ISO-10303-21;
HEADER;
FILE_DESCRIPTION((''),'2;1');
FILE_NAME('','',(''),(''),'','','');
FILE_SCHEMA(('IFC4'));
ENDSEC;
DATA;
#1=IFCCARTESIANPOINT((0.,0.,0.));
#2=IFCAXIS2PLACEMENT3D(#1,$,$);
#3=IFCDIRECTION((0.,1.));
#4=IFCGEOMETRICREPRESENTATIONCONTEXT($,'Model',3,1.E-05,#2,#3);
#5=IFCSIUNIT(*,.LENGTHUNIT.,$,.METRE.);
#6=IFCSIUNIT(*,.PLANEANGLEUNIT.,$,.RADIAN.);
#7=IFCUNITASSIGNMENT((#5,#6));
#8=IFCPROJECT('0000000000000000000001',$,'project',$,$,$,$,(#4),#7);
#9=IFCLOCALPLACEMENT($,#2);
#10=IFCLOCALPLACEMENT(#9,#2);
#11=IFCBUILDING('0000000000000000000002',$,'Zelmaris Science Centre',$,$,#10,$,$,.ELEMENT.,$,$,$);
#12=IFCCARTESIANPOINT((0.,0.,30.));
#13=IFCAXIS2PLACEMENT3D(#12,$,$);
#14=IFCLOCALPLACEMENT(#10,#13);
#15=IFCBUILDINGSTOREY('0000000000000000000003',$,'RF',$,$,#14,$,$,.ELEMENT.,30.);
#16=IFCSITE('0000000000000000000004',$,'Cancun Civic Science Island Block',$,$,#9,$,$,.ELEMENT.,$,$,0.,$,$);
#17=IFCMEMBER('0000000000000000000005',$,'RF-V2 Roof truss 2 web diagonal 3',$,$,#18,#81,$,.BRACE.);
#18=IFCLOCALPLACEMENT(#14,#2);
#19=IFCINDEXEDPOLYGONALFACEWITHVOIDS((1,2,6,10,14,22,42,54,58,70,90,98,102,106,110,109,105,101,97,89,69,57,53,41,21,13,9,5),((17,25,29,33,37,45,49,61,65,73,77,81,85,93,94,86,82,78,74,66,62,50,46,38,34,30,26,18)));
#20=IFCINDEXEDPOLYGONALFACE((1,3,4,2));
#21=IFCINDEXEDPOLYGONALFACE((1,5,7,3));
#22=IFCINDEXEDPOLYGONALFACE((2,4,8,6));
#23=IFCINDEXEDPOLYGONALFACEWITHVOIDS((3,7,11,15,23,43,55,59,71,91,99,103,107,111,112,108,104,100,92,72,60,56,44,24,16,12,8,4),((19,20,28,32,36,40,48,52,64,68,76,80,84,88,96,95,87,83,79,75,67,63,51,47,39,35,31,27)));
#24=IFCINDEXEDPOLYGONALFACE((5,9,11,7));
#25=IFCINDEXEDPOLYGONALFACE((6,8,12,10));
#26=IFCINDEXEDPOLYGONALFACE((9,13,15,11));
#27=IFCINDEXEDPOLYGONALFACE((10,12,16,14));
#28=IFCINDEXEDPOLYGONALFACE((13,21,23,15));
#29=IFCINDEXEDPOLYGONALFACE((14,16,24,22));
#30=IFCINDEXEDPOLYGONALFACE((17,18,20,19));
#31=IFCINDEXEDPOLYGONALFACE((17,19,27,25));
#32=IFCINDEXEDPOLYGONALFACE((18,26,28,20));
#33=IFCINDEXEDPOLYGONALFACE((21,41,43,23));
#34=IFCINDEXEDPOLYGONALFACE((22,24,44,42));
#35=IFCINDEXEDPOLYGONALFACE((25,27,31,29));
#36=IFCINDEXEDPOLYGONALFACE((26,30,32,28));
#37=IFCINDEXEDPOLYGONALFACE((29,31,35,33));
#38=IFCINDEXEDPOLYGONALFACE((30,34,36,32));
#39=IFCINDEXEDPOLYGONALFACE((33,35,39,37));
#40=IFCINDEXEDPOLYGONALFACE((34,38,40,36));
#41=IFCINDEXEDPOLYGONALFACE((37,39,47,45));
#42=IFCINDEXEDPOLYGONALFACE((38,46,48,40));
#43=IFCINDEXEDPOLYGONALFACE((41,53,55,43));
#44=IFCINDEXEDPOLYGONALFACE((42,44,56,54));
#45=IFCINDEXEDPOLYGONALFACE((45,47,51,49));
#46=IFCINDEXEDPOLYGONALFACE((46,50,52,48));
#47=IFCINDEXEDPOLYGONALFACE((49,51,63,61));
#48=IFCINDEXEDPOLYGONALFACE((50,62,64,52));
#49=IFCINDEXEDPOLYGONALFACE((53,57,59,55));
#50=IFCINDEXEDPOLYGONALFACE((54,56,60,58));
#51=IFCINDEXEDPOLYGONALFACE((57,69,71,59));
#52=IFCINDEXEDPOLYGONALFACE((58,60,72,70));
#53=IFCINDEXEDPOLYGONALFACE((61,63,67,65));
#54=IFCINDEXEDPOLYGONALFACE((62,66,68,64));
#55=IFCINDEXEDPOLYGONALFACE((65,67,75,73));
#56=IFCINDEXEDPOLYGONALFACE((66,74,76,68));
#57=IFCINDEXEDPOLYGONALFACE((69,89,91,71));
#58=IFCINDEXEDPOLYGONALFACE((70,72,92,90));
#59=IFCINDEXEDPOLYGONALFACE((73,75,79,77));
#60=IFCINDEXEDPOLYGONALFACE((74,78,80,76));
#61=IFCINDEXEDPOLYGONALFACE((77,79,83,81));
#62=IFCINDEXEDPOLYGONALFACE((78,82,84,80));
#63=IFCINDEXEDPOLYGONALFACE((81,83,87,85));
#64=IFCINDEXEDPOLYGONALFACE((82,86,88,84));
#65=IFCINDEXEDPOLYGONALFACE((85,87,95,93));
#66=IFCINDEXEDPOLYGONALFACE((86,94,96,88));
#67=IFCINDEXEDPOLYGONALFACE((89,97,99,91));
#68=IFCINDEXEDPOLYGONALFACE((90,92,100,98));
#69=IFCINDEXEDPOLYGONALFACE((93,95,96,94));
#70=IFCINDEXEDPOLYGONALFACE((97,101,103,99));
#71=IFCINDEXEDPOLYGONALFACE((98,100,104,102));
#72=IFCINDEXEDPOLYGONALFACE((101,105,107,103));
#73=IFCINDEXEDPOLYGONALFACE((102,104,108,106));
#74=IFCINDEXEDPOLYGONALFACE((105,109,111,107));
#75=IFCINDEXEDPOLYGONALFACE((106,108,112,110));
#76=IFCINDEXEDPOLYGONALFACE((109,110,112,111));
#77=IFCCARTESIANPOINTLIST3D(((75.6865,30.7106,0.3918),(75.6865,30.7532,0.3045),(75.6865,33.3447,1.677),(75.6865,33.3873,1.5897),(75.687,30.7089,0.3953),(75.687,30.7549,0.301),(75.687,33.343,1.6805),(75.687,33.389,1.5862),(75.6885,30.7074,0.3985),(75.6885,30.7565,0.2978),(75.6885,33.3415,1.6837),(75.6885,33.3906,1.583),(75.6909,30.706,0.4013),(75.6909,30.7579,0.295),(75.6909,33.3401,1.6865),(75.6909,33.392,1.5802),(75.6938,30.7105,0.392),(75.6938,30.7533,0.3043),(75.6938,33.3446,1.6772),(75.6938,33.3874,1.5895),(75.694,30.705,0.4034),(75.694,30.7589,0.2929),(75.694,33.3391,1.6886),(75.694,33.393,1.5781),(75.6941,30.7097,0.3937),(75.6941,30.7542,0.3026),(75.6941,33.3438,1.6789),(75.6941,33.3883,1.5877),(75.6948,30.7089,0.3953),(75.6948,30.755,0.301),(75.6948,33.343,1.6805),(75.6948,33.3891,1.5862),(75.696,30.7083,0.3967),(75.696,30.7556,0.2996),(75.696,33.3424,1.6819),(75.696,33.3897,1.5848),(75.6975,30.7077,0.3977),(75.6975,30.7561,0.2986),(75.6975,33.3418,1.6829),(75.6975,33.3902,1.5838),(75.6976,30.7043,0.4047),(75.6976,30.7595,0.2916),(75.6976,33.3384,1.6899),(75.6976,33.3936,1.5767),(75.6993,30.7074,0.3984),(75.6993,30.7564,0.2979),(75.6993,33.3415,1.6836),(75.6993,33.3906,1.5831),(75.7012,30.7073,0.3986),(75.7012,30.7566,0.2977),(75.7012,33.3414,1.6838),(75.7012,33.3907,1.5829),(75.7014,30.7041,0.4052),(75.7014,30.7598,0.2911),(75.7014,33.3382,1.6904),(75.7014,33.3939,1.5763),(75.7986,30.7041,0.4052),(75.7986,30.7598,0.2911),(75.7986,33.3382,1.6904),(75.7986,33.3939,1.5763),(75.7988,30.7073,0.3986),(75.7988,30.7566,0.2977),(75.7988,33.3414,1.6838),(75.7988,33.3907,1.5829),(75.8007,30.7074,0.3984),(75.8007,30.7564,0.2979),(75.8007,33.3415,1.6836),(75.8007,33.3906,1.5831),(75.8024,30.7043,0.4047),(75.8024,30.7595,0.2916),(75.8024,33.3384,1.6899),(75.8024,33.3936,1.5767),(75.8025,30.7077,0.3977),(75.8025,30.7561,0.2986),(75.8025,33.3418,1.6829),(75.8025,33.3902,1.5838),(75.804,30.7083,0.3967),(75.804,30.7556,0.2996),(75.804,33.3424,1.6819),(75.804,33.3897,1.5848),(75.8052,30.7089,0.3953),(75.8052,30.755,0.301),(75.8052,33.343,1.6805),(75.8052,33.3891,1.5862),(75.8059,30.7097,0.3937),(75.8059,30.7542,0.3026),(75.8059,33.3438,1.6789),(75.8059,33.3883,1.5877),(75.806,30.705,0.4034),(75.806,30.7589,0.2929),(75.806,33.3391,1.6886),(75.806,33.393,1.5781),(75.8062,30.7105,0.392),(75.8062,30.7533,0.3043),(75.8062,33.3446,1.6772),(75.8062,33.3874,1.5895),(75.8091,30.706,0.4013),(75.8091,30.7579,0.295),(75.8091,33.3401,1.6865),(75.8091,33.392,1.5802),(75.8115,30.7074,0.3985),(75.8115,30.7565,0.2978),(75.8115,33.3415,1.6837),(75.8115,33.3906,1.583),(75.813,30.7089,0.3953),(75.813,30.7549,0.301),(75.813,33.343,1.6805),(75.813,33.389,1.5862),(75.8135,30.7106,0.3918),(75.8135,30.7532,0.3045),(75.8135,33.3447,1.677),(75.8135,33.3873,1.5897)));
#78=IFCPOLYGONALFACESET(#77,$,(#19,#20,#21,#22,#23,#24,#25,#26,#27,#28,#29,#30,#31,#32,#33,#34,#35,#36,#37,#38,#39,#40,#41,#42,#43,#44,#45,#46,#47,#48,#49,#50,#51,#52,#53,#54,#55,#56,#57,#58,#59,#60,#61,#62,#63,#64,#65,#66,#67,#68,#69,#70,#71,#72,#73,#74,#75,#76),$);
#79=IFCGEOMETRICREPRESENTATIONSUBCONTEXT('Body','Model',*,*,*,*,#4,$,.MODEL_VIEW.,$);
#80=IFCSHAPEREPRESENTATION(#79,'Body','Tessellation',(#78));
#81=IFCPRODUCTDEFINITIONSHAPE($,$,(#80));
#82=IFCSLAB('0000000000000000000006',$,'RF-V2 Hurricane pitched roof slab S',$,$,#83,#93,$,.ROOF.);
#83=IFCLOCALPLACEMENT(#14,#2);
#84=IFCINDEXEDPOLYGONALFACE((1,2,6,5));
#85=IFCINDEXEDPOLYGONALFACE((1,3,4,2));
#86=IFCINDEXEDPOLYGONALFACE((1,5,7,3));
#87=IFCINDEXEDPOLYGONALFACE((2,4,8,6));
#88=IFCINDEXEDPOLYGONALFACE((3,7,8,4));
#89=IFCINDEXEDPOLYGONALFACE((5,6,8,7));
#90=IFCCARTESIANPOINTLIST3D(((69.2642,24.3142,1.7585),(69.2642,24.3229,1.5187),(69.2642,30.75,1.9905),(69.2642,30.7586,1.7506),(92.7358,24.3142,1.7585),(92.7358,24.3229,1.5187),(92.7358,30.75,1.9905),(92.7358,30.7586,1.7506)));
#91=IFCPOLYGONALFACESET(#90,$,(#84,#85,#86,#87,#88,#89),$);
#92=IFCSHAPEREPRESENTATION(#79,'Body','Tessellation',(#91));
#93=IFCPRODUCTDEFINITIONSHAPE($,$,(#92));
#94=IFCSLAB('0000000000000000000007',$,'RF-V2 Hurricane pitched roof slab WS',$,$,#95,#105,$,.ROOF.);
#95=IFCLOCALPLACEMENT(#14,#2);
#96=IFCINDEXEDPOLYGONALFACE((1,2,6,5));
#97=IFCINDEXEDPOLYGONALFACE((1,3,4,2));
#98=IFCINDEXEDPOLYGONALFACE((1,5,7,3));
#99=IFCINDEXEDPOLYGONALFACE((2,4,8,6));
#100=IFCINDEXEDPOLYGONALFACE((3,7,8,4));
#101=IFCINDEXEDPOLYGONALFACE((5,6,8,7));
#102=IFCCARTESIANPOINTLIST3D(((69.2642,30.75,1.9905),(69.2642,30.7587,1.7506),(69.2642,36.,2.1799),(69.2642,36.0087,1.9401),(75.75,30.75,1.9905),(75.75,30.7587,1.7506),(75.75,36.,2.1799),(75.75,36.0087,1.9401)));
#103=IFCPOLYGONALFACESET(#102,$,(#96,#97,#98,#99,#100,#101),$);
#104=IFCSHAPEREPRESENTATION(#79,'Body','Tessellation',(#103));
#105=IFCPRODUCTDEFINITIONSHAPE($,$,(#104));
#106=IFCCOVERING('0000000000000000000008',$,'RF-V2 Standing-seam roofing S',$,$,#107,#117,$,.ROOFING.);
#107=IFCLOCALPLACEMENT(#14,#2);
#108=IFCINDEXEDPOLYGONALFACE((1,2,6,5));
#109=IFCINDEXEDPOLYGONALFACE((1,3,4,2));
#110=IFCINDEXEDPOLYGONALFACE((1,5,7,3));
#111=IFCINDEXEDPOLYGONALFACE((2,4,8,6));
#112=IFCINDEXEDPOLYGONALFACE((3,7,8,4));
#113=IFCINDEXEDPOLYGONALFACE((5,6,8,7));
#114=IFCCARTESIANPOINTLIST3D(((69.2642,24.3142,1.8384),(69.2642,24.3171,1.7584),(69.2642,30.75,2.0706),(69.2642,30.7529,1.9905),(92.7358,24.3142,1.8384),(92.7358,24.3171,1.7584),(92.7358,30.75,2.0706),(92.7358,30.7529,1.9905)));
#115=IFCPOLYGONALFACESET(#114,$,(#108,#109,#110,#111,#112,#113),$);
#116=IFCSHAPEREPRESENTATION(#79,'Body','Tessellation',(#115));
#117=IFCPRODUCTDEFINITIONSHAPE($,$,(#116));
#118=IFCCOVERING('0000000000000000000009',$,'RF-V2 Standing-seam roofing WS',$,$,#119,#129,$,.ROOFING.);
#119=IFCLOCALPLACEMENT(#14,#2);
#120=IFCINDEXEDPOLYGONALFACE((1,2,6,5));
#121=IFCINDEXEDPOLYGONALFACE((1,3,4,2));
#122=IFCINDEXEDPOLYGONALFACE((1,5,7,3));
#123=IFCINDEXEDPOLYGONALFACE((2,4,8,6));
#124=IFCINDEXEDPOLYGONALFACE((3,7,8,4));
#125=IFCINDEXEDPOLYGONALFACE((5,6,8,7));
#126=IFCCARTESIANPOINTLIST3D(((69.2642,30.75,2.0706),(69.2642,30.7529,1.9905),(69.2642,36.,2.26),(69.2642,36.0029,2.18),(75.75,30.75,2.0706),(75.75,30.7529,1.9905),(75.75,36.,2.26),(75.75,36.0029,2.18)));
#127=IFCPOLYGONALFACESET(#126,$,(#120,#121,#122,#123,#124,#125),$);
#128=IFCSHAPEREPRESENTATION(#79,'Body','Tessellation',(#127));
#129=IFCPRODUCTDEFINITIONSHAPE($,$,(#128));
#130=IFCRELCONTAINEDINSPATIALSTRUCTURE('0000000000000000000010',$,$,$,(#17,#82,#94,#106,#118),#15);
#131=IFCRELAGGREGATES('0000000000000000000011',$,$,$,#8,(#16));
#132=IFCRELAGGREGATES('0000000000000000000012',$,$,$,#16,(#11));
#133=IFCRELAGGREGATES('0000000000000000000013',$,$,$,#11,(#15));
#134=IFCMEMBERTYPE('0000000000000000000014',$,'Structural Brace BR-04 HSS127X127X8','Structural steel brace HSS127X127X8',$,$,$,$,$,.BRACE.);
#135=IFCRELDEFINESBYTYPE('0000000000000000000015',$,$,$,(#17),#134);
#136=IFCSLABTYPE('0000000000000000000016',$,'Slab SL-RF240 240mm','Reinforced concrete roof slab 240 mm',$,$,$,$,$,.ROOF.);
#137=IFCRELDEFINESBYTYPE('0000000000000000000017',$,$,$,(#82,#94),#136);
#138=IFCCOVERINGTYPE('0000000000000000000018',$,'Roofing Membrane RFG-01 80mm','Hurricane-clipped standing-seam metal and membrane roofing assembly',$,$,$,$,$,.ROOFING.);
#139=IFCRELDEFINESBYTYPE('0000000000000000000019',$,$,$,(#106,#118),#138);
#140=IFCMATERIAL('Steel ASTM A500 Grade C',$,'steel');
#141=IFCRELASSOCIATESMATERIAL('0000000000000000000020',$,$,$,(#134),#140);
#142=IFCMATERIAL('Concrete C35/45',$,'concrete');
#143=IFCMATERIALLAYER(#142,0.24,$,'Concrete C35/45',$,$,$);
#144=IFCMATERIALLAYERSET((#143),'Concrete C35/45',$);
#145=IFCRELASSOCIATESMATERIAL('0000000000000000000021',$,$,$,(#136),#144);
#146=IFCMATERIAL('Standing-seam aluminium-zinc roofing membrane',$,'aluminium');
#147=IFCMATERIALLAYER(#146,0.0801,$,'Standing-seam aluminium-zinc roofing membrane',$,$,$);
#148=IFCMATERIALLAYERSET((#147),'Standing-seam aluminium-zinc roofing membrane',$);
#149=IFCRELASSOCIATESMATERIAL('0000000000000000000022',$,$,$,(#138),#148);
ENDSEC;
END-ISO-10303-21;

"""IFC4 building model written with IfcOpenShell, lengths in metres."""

from ifc_helpers import new_model, si_unit, direction, frame, origin, origin_2d, place, context, subcontext, project, spatial, polyline, hollow_rectangle, outline, extrude, material, layer, layer_set, material_profile, profile_set, type_object, element, save


model = new_model("IFC4")

# Units and contexts
model_context = context("Model", 3, precision=1e-05, world=origin(), true_north=direction((0.0, 1.0)))
body_context = subcontext(model_context, "Body", "Model", "MODEL_VIEW")
ifc_project = project(units=[si_unit("LENGTHUNIT", "METRE"), si_unit("PLANEANGLEUNIT", "RADIAN")], contexts=[model_context])

# Site, building, storey
site_placement = place(None, origin())
site = spatial("IfcSite", under=ifc_project, at=site_placement, Name="Cancun Civic Science Island Block", CompositionType="ELEMENT", RefElevation=0.0)
building_placement = place(site_placement, origin())
building = spatial("IfcBuilding", under=site, at=building_placement, Name="Zelmaris Science Centre", CompositionType="ELEMENT")
storey_placement = place(building_placement, frame((0.0, 0.0, 30.0)))
storey = spatial("IfcBuildingStorey", under=building, at=storey_placement, Name="RF", CompositionType="ELEMENT", Elevation=30.0)

# Shared definitions
ifc_material_1 = material(Name="Steel ASTM A500 Grade C", Category="steel")

# Member
ifc_material_profile_1 = material_profile(ifc_material_1, hollow_rectangle(XDim=0.127, YDim=0.127, WallThickness=0.0073, InnerFilletRadius=0.0073, OuterFilletRadius=0.0149, at=origin_2d()), Name="HSS127X127X8")
ifc_profile_set_1 = profile_set([ifc_material_profile_1], Name="Steel ASTM A500 Grade C")
member_type_1 = type_object("IfcMemberType", Name="Structural Brace BR-04 HSS127X127X8", Description="Structural steel brace HSS127X127X8", PredefinedType="BRACE", material=ifc_profile_set_1)
member_1_placement = place(storey_placement, frame((75.75, 30.7319, 0.3481), z_axis=(0.0, 0.898733, 0.438496), x_axis=(-1.0, 0.0, 0.0)))
element("IfcMember", 1, at=member_1_placement, inside=storey, type_object=member_type_1, Name="RF-V2 Roof truss 2 web diagonal 3", PredefinedType="BRACE", context=body_context, shape_type="SweptSolid", body=[
    extrude(hollow_rectangle(XDim=0.127, YDim=0.127, WallThickness=0.0073, InnerFilletRadius=0.0073, OuterFilletRadius=0.0149, at=origin_2d()), origin(), (0.0, 0.0, 1.0), 2.9309),
])

# Slabs
ifc_material_2 = material(Name="Concrete C35/45", Category="concrete")
ifc_layer_1 = layer(ifc_material_2, 0.24, Name="Concrete C35/45")
ifc_layer_set_1 = layer_set([ifc_layer_1], Name="Concrete C35/45")
slab_type = type_object("IfcSlabType", Name="Slab SL-RF240 240mm", Description="Reinforced concrete roof slab 240 mm", PredefinedType="ROOF", material=ifc_layer_set_1)
slab_1_placement = place(storey_placement, frame((69.2642, 24.3142, 1.7585), z_axis=(0.0, -0.036015, 0.999351), x_axis=(1.0, 0.0, 0.0)))
element("IfcSlab", 2, at=slab_1_placement, inside=storey, type_object=slab_type, Name="RF-V2 Hurricane pitched roof slab S", PredefinedType="ROOF", context=body_context, shape_type="SweptSolid", body=[
    extrude(outline(polyline([(0.0, 0.0), (23.4717, 0.0), (23.4717, 6.44), (0.0, 6.44), (0.0, 0.0)])), origin(), (0.0, 0.0, -1.0), 0.24),
])
slab_2_placement = place(storey_placement, frame((69.2642, 30.75, 1.9905), z_axis=(0.0, -0.036063, 0.99935), x_axis=(1.0, 0.0, 0.0)))
element("IfcSlab", 3, at=slab_2_placement, inside=storey, type_object=slab_type, Name="RF-V2 Hurricane pitched roof slab WS", PredefinedType="ROOF", context=body_context, shape_type="SweptSolid", body=[
    extrude(outline(polyline([(0.0, 0.0), (6.4858, 0.0), (6.4858, 5.2534), (0.0, 5.2534), (0.0, 0.0)])), origin(), (0.0, 0.0, -1.0), 0.24),
])

# Coverings
ifc_material_3 = material(Name="Standing-seam aluminium-zinc roofing membrane", Category="aluminium")
ifc_layer_2 = layer(ifc_material_3, 0.0801, Name="Standing-seam aluminium-zinc roofing membrane")
ifc_layer_set_2 = layer_set([ifc_layer_2], Name="Standing-seam aluminium-zinc roofing membrane")
covering_type = type_object("IfcCoveringType", Name="Roofing Membrane RFG-01 80mm", Description="Hurricane-clipped standing-seam metal and membrane roofing assembly", PredefinedType="ROOFING", material=ifc_layer_set_2)
covering_1_placement = place(storey_placement, frame((69.2642, 24.3142, 1.8384), z_axis=(0.0, -0.036053, 0.99935), x_axis=(1.0, 0.0, 0.0)))
element("IfcCovering", 4, at=covering_1_placement, inside=storey, type_object=covering_type, Name="RF-V2 Standing-seam roofing S", PredefinedType="ROOFING", context=body_context, shape_type="SweptSolid", body=[
    extrude(outline(polyline([(0.0, 0.0), (23.4717, 0.0), (23.4717, 6.44), (0.0, 6.44), (0.0, 0.0)])), origin(), (0.0, 0.0, -1.0), 0.0801),
])
covering_2_placement = place(storey_placement, frame((69.2642, 30.75, 2.0706), z_axis=(0.0, -0.036063, 0.99935), x_axis=(1.0, 0.0, 0.0)))
element("IfcCovering", 5, at=covering_2_placement, inside=storey, type_object=covering_type, Name="RF-V2 Standing-seam roofing WS", PredefinedType="ROOFING", context=body_context, shape_type="SweptSolid", body=[
    extrude(outline(polyline([(0.0, 0.0), (6.4858, 0.0), (6.4858, 5.2534), (0.0, 5.2534), (0.0, 0.0)])), origin(), (0.0, 0.0, -1.0), 0.0801),
])

save(model, "model.ifc")
